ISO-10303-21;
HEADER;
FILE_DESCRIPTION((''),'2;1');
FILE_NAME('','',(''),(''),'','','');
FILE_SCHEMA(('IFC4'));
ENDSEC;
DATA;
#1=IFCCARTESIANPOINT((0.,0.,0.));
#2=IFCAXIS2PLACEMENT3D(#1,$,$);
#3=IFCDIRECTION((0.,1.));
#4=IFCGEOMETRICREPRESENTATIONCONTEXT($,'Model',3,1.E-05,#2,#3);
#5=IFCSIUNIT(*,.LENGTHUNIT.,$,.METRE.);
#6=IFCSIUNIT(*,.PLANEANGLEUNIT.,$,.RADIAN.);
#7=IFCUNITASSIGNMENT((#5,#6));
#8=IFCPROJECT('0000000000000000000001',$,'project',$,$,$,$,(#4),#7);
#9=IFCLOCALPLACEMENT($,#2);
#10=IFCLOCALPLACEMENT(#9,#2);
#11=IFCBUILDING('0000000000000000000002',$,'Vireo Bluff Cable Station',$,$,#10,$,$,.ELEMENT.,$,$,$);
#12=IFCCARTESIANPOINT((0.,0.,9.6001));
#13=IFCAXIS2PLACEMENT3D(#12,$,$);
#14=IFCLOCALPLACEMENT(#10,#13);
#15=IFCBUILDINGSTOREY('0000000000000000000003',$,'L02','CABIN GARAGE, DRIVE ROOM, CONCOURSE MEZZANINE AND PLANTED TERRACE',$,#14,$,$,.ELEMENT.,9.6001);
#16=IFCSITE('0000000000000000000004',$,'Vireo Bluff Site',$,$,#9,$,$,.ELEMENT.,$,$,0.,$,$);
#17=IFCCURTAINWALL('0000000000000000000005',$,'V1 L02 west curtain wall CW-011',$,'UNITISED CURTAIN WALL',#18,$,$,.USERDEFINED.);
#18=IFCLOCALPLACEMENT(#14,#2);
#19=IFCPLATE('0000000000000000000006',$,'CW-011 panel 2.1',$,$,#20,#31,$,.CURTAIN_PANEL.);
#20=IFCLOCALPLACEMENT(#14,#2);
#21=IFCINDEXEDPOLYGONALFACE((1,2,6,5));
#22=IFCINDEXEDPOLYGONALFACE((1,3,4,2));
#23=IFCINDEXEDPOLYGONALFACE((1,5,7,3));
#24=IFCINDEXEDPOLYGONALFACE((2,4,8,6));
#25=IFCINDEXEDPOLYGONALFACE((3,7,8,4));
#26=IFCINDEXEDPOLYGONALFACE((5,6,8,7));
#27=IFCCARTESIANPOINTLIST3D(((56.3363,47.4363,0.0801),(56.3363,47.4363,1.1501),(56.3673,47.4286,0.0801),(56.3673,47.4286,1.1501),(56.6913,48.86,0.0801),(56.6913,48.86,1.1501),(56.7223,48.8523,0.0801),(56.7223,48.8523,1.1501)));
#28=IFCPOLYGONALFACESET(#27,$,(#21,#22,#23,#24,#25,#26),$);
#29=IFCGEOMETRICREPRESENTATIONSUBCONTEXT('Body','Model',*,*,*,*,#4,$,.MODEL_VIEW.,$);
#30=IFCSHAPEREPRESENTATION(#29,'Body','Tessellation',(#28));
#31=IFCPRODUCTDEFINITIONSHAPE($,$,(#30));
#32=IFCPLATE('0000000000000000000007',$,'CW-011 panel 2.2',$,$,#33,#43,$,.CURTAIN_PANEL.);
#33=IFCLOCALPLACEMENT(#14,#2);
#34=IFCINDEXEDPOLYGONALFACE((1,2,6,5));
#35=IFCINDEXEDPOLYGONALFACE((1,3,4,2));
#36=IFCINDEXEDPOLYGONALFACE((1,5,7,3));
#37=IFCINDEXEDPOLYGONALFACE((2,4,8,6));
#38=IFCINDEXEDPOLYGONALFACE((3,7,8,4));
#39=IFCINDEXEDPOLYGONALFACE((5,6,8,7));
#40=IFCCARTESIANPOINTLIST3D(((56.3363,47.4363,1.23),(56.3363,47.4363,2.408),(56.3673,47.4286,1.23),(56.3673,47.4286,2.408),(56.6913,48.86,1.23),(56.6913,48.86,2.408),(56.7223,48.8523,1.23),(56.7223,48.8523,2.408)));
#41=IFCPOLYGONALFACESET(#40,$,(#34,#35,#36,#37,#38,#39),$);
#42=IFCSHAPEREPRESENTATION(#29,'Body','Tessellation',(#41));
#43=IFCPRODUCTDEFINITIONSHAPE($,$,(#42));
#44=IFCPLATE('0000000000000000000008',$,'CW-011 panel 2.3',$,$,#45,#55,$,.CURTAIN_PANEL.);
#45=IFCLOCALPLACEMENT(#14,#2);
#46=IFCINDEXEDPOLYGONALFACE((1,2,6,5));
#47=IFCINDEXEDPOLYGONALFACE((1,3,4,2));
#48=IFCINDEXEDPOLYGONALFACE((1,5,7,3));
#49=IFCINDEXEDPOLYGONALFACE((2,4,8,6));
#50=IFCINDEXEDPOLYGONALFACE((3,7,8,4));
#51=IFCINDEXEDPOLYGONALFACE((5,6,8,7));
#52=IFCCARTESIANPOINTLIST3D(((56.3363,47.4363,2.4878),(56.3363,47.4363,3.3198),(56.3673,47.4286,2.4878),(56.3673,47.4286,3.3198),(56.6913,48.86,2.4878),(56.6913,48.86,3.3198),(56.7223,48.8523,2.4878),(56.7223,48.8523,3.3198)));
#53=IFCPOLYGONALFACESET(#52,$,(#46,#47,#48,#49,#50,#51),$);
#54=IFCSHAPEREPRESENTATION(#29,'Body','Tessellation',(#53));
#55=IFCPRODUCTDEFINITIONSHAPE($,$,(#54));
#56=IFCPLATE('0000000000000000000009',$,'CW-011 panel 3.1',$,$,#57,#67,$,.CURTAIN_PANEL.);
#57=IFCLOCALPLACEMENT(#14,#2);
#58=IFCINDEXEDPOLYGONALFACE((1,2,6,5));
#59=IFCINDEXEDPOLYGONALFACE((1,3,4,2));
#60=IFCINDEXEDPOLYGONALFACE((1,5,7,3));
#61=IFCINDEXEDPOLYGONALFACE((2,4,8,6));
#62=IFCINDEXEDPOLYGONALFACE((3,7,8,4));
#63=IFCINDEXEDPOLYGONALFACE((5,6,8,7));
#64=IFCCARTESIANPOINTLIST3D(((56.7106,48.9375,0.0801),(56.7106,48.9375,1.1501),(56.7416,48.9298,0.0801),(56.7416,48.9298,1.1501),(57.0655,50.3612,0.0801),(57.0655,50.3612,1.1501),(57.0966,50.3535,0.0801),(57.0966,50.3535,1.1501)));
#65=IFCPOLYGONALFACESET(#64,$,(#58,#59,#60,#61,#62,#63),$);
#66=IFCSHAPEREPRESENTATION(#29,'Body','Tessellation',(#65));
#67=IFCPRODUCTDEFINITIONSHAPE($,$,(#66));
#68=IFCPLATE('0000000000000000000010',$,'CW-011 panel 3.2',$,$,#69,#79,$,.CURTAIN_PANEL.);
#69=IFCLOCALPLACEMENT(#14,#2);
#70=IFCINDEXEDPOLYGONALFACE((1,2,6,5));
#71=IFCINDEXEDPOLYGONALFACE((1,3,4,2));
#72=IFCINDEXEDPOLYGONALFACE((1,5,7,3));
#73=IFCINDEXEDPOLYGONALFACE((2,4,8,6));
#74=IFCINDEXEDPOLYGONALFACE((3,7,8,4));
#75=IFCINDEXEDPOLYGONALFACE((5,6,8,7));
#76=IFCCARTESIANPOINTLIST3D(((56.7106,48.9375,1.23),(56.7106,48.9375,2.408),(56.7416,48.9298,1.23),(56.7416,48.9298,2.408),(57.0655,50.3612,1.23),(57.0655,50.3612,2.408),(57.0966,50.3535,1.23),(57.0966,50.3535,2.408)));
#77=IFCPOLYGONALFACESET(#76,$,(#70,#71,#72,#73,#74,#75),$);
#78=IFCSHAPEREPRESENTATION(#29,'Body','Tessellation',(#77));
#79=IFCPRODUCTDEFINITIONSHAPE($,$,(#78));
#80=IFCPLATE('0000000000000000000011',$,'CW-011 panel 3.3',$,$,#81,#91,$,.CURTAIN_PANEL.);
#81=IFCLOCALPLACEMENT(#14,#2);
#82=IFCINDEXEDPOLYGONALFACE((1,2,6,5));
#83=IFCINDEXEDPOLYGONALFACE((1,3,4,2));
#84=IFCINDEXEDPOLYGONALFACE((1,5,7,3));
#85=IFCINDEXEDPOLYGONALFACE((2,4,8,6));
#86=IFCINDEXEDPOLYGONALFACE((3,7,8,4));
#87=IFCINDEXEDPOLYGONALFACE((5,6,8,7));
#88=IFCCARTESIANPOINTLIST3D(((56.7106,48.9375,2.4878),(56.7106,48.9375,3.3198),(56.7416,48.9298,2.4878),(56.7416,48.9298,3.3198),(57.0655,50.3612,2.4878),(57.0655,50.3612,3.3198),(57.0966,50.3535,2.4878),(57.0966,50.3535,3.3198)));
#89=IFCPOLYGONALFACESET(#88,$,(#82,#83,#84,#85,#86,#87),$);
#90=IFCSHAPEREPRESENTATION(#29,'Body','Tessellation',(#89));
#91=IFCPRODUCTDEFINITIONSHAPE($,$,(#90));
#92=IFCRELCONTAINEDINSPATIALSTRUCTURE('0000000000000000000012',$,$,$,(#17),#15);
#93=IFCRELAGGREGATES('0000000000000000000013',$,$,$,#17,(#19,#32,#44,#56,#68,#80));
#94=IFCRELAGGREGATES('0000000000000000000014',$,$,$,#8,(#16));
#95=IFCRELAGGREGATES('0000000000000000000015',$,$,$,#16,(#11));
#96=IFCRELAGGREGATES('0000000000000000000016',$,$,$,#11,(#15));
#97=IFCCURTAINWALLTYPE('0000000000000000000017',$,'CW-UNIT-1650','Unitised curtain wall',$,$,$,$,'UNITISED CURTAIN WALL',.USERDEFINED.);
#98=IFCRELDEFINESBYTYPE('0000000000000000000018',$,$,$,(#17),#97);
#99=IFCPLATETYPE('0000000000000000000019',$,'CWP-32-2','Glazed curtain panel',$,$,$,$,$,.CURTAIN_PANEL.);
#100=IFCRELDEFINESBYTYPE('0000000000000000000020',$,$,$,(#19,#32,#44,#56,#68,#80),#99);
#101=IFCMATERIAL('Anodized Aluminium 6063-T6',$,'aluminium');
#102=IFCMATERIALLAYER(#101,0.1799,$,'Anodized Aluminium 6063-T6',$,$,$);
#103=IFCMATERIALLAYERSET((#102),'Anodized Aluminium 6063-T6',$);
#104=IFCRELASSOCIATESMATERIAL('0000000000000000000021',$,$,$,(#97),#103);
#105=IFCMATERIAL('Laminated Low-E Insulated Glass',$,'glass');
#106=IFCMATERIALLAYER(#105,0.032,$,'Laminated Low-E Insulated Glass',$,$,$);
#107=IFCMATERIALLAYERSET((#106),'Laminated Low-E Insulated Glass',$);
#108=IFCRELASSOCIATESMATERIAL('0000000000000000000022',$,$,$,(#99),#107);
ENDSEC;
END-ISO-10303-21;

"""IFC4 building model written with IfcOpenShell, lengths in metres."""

from ifc_helpers import new_model, si_unit, direction, frame, origin, origin_2d, place, context, subcontext, project, spatial, rectangle, extrude, material, layer, layer_set, type_object, element, aggregate, save


model = new_model("IFC4")

# Units and contexts
model_context = context("Model", 3, precision=1e-05, world=origin(), true_north=direction((0.0, 1.0)))
body_context = subcontext(model_context, "Body", "Model", "MODEL_VIEW")
ifc_project = project(units=[si_unit("LENGTHUNIT", "METRE"), si_unit("PLANEANGLEUNIT", "RADIAN")], contexts=[model_context])

# Site, building, storey
site_placement = place(None, origin())
site = spatial("IfcSite", under=ifc_project, at=site_placement, Name="Vireo Bluff Site", CompositionType="ELEMENT", RefElevation=0.0)
building_placement = place(site_placement, origin())
building = spatial("IfcBuilding", under=site, at=building_placement, Name="Vireo Bluff Cable Station", CompositionType="ELEMENT")
storey_placement = place(building_placement, frame((0.0, 0.0, 9.6001)))
storey = spatial("IfcBuildingStorey", under=building, at=storey_placement, Name="L02", Description="CABIN GARAGE, DRIVE ROOM, CONCOURSE MEZZANINE AND PLANTED TERRACE", CompositionType="ELEMENT", Elevation=9.6001)

# Curtain wall
ifc_material_1 = material(Name="Anodized Aluminium 6063-T6", Category="aluminium")
ifc_layer_1 = layer(ifc_material_1, 0.1799, Name="Anodized Aluminium 6063-T6")
ifc_layer_set_1 = layer_set([ifc_layer_1], Name="Anodized Aluminium 6063-T6")
curtain_wall_type = type_object("IfcCurtainWallType", Name="CW-UNIT-1650", Description="Unitised curtain wall", ElementType="UNITISED CURTAIN WALL", PredefinedType="USERDEFINED", material=ifc_layer_set_1)
curtain_wall_placement = place(storey_placement, origin())
curtain_wall = element("IfcCurtainWall", 1, at=curtain_wall_placement, inside=storey, type_object=curtain_wall_type, Name="V1 L02 west curtain wall CW-011", ObjectType="UNITISED CURTAIN WALL", PredefinedType="USERDEFINED")

# Plates
ifc_material_2 = material(Name="Laminated Low-E Insulated Glass", Category="glass")
ifc_layer_2 = layer(ifc_material_2, 0.032, Name="Laminated Low-E Insulated Glass")
ifc_layer_set_2 = layer_set([ifc_layer_2], Name="Laminated Low-E Insulated Glass")
plate_type = type_object("IfcPlateType", Name="CWP-32-2", Description="Glazed curtain panel", PredefinedType="CURTAIN_PANEL", material=ifc_layer_set_2)
plate_1_placement = place(storey_placement, frame((56.5293, 48.1443, 0.0801), z_axis=(0.0, 0.0, 1.0), x_axis=(0.241922, 0.970296, 0.0)))
plate_1 = element("IfcPlate", 2, at=plate_1_placement, type_object=plate_type, Name="CW-011 panel 2.1", PredefinedType="CURTAIN_PANEL", context=body_context, shape_type="SweptSolid", body=[
    extrude(rectangle(XDim=1.4673, YDim=0.032, at=origin_2d()), origin(), (0.0, 0.0, 1.0), 1.0701),
])
plate_2_placement = place(storey_placement, frame((56.5293, 48.1443, 1.23), z_axis=(0.0, 0.0, 1.0), x_axis=(0.241922, 0.970296, 0.0)))
plate_2 = element("IfcPlate", 3, at=plate_2_placement, type_object=plate_type, Name="CW-011 panel 2.2", PredefinedType="CURTAIN_PANEL", context=body_context, shape_type="SweptSolid", body=[
    extrude(rectangle(XDim=1.4673, YDim=0.032, at=origin_2d()), origin(), (0.0, 0.0, 1.0), 1.178),
])
plate_3_placement = place(storey_placement, frame((56.5293, 48.1443, 2.4878), z_axis=(0.0, 0.0, 1.0), x_axis=(0.241922, 0.970296, 0.0)))
plate_3 = element("IfcPlate", 4, at=plate_3_placement, type_object=plate_type, Name="CW-011 panel 2.3", PredefinedType="CURTAIN_PANEL", context=body_context, shape_type="SweptSolid", body=[
    extrude(rectangle(XDim=1.4673, YDim=0.032, at=origin_2d()), origin(), (0.0, 0.0, 1.0), 0.832),
])
plate_4_placement = place(storey_placement, frame((56.9036, 49.6455, 0.0801), z_axis=(0.0, 0.0, 1.0), x_axis=(0.241922, 0.970296, 0.0)))
plate_4 = element("IfcPlate", 5, at=plate_4_placement, type_object=plate_type, Name="CW-011 panel 3.1", PredefinedType="CURTAIN_PANEL", context=body_context, shape_type="SweptSolid", body=[
    extrude(rectangle(XDim=1.4673, YDim=0.032, at=origin_2d()), origin(), (0.0, 0.0, 1.0), 1.0701),
])
plate_5_placement = place(storey_placement, frame((56.9036, 49.6455, 1.23), z_axis=(0.0, 0.0, 1.0), x_axis=(0.241922, 0.970296, 0.0)))
plate_5 = element("IfcPlate", 6, at=plate_5_placement, type_object=plate_type, Name="CW-011 panel 3.2", PredefinedType="CURTAIN_PANEL", context=body_context, shape_type="SweptSolid", body=[
    extrude(rectangle(XDim=1.4673, YDim=0.032, at=origin_2d()), origin(), (0.0, 0.0, 1.0), 1.178),
])
plate_6_placement = place(storey_placement, frame((56.9036, 49.6455, 2.4878), z_axis=(0.0, 0.0, 1.0), x_axis=(0.241922, 0.970296, 0.0)))
plate_6 = element("IfcPlate", 7, at=plate_6_placement, type_object=plate_type, Name="CW-011 panel 3.3", PredefinedType="CURTAIN_PANEL", context=body_context, shape_type="SweptSolid", body=[
    extrude(rectangle(XDim=1.4673, YDim=0.032, at=origin_2d()), origin(), (0.0, 0.0, 1.0), 0.832),
])
aggregate(curtain_wall, [plate_1, plate_2, plate_3, plate_4, plate_5, plate_6])

save(model, "model.ifc")
